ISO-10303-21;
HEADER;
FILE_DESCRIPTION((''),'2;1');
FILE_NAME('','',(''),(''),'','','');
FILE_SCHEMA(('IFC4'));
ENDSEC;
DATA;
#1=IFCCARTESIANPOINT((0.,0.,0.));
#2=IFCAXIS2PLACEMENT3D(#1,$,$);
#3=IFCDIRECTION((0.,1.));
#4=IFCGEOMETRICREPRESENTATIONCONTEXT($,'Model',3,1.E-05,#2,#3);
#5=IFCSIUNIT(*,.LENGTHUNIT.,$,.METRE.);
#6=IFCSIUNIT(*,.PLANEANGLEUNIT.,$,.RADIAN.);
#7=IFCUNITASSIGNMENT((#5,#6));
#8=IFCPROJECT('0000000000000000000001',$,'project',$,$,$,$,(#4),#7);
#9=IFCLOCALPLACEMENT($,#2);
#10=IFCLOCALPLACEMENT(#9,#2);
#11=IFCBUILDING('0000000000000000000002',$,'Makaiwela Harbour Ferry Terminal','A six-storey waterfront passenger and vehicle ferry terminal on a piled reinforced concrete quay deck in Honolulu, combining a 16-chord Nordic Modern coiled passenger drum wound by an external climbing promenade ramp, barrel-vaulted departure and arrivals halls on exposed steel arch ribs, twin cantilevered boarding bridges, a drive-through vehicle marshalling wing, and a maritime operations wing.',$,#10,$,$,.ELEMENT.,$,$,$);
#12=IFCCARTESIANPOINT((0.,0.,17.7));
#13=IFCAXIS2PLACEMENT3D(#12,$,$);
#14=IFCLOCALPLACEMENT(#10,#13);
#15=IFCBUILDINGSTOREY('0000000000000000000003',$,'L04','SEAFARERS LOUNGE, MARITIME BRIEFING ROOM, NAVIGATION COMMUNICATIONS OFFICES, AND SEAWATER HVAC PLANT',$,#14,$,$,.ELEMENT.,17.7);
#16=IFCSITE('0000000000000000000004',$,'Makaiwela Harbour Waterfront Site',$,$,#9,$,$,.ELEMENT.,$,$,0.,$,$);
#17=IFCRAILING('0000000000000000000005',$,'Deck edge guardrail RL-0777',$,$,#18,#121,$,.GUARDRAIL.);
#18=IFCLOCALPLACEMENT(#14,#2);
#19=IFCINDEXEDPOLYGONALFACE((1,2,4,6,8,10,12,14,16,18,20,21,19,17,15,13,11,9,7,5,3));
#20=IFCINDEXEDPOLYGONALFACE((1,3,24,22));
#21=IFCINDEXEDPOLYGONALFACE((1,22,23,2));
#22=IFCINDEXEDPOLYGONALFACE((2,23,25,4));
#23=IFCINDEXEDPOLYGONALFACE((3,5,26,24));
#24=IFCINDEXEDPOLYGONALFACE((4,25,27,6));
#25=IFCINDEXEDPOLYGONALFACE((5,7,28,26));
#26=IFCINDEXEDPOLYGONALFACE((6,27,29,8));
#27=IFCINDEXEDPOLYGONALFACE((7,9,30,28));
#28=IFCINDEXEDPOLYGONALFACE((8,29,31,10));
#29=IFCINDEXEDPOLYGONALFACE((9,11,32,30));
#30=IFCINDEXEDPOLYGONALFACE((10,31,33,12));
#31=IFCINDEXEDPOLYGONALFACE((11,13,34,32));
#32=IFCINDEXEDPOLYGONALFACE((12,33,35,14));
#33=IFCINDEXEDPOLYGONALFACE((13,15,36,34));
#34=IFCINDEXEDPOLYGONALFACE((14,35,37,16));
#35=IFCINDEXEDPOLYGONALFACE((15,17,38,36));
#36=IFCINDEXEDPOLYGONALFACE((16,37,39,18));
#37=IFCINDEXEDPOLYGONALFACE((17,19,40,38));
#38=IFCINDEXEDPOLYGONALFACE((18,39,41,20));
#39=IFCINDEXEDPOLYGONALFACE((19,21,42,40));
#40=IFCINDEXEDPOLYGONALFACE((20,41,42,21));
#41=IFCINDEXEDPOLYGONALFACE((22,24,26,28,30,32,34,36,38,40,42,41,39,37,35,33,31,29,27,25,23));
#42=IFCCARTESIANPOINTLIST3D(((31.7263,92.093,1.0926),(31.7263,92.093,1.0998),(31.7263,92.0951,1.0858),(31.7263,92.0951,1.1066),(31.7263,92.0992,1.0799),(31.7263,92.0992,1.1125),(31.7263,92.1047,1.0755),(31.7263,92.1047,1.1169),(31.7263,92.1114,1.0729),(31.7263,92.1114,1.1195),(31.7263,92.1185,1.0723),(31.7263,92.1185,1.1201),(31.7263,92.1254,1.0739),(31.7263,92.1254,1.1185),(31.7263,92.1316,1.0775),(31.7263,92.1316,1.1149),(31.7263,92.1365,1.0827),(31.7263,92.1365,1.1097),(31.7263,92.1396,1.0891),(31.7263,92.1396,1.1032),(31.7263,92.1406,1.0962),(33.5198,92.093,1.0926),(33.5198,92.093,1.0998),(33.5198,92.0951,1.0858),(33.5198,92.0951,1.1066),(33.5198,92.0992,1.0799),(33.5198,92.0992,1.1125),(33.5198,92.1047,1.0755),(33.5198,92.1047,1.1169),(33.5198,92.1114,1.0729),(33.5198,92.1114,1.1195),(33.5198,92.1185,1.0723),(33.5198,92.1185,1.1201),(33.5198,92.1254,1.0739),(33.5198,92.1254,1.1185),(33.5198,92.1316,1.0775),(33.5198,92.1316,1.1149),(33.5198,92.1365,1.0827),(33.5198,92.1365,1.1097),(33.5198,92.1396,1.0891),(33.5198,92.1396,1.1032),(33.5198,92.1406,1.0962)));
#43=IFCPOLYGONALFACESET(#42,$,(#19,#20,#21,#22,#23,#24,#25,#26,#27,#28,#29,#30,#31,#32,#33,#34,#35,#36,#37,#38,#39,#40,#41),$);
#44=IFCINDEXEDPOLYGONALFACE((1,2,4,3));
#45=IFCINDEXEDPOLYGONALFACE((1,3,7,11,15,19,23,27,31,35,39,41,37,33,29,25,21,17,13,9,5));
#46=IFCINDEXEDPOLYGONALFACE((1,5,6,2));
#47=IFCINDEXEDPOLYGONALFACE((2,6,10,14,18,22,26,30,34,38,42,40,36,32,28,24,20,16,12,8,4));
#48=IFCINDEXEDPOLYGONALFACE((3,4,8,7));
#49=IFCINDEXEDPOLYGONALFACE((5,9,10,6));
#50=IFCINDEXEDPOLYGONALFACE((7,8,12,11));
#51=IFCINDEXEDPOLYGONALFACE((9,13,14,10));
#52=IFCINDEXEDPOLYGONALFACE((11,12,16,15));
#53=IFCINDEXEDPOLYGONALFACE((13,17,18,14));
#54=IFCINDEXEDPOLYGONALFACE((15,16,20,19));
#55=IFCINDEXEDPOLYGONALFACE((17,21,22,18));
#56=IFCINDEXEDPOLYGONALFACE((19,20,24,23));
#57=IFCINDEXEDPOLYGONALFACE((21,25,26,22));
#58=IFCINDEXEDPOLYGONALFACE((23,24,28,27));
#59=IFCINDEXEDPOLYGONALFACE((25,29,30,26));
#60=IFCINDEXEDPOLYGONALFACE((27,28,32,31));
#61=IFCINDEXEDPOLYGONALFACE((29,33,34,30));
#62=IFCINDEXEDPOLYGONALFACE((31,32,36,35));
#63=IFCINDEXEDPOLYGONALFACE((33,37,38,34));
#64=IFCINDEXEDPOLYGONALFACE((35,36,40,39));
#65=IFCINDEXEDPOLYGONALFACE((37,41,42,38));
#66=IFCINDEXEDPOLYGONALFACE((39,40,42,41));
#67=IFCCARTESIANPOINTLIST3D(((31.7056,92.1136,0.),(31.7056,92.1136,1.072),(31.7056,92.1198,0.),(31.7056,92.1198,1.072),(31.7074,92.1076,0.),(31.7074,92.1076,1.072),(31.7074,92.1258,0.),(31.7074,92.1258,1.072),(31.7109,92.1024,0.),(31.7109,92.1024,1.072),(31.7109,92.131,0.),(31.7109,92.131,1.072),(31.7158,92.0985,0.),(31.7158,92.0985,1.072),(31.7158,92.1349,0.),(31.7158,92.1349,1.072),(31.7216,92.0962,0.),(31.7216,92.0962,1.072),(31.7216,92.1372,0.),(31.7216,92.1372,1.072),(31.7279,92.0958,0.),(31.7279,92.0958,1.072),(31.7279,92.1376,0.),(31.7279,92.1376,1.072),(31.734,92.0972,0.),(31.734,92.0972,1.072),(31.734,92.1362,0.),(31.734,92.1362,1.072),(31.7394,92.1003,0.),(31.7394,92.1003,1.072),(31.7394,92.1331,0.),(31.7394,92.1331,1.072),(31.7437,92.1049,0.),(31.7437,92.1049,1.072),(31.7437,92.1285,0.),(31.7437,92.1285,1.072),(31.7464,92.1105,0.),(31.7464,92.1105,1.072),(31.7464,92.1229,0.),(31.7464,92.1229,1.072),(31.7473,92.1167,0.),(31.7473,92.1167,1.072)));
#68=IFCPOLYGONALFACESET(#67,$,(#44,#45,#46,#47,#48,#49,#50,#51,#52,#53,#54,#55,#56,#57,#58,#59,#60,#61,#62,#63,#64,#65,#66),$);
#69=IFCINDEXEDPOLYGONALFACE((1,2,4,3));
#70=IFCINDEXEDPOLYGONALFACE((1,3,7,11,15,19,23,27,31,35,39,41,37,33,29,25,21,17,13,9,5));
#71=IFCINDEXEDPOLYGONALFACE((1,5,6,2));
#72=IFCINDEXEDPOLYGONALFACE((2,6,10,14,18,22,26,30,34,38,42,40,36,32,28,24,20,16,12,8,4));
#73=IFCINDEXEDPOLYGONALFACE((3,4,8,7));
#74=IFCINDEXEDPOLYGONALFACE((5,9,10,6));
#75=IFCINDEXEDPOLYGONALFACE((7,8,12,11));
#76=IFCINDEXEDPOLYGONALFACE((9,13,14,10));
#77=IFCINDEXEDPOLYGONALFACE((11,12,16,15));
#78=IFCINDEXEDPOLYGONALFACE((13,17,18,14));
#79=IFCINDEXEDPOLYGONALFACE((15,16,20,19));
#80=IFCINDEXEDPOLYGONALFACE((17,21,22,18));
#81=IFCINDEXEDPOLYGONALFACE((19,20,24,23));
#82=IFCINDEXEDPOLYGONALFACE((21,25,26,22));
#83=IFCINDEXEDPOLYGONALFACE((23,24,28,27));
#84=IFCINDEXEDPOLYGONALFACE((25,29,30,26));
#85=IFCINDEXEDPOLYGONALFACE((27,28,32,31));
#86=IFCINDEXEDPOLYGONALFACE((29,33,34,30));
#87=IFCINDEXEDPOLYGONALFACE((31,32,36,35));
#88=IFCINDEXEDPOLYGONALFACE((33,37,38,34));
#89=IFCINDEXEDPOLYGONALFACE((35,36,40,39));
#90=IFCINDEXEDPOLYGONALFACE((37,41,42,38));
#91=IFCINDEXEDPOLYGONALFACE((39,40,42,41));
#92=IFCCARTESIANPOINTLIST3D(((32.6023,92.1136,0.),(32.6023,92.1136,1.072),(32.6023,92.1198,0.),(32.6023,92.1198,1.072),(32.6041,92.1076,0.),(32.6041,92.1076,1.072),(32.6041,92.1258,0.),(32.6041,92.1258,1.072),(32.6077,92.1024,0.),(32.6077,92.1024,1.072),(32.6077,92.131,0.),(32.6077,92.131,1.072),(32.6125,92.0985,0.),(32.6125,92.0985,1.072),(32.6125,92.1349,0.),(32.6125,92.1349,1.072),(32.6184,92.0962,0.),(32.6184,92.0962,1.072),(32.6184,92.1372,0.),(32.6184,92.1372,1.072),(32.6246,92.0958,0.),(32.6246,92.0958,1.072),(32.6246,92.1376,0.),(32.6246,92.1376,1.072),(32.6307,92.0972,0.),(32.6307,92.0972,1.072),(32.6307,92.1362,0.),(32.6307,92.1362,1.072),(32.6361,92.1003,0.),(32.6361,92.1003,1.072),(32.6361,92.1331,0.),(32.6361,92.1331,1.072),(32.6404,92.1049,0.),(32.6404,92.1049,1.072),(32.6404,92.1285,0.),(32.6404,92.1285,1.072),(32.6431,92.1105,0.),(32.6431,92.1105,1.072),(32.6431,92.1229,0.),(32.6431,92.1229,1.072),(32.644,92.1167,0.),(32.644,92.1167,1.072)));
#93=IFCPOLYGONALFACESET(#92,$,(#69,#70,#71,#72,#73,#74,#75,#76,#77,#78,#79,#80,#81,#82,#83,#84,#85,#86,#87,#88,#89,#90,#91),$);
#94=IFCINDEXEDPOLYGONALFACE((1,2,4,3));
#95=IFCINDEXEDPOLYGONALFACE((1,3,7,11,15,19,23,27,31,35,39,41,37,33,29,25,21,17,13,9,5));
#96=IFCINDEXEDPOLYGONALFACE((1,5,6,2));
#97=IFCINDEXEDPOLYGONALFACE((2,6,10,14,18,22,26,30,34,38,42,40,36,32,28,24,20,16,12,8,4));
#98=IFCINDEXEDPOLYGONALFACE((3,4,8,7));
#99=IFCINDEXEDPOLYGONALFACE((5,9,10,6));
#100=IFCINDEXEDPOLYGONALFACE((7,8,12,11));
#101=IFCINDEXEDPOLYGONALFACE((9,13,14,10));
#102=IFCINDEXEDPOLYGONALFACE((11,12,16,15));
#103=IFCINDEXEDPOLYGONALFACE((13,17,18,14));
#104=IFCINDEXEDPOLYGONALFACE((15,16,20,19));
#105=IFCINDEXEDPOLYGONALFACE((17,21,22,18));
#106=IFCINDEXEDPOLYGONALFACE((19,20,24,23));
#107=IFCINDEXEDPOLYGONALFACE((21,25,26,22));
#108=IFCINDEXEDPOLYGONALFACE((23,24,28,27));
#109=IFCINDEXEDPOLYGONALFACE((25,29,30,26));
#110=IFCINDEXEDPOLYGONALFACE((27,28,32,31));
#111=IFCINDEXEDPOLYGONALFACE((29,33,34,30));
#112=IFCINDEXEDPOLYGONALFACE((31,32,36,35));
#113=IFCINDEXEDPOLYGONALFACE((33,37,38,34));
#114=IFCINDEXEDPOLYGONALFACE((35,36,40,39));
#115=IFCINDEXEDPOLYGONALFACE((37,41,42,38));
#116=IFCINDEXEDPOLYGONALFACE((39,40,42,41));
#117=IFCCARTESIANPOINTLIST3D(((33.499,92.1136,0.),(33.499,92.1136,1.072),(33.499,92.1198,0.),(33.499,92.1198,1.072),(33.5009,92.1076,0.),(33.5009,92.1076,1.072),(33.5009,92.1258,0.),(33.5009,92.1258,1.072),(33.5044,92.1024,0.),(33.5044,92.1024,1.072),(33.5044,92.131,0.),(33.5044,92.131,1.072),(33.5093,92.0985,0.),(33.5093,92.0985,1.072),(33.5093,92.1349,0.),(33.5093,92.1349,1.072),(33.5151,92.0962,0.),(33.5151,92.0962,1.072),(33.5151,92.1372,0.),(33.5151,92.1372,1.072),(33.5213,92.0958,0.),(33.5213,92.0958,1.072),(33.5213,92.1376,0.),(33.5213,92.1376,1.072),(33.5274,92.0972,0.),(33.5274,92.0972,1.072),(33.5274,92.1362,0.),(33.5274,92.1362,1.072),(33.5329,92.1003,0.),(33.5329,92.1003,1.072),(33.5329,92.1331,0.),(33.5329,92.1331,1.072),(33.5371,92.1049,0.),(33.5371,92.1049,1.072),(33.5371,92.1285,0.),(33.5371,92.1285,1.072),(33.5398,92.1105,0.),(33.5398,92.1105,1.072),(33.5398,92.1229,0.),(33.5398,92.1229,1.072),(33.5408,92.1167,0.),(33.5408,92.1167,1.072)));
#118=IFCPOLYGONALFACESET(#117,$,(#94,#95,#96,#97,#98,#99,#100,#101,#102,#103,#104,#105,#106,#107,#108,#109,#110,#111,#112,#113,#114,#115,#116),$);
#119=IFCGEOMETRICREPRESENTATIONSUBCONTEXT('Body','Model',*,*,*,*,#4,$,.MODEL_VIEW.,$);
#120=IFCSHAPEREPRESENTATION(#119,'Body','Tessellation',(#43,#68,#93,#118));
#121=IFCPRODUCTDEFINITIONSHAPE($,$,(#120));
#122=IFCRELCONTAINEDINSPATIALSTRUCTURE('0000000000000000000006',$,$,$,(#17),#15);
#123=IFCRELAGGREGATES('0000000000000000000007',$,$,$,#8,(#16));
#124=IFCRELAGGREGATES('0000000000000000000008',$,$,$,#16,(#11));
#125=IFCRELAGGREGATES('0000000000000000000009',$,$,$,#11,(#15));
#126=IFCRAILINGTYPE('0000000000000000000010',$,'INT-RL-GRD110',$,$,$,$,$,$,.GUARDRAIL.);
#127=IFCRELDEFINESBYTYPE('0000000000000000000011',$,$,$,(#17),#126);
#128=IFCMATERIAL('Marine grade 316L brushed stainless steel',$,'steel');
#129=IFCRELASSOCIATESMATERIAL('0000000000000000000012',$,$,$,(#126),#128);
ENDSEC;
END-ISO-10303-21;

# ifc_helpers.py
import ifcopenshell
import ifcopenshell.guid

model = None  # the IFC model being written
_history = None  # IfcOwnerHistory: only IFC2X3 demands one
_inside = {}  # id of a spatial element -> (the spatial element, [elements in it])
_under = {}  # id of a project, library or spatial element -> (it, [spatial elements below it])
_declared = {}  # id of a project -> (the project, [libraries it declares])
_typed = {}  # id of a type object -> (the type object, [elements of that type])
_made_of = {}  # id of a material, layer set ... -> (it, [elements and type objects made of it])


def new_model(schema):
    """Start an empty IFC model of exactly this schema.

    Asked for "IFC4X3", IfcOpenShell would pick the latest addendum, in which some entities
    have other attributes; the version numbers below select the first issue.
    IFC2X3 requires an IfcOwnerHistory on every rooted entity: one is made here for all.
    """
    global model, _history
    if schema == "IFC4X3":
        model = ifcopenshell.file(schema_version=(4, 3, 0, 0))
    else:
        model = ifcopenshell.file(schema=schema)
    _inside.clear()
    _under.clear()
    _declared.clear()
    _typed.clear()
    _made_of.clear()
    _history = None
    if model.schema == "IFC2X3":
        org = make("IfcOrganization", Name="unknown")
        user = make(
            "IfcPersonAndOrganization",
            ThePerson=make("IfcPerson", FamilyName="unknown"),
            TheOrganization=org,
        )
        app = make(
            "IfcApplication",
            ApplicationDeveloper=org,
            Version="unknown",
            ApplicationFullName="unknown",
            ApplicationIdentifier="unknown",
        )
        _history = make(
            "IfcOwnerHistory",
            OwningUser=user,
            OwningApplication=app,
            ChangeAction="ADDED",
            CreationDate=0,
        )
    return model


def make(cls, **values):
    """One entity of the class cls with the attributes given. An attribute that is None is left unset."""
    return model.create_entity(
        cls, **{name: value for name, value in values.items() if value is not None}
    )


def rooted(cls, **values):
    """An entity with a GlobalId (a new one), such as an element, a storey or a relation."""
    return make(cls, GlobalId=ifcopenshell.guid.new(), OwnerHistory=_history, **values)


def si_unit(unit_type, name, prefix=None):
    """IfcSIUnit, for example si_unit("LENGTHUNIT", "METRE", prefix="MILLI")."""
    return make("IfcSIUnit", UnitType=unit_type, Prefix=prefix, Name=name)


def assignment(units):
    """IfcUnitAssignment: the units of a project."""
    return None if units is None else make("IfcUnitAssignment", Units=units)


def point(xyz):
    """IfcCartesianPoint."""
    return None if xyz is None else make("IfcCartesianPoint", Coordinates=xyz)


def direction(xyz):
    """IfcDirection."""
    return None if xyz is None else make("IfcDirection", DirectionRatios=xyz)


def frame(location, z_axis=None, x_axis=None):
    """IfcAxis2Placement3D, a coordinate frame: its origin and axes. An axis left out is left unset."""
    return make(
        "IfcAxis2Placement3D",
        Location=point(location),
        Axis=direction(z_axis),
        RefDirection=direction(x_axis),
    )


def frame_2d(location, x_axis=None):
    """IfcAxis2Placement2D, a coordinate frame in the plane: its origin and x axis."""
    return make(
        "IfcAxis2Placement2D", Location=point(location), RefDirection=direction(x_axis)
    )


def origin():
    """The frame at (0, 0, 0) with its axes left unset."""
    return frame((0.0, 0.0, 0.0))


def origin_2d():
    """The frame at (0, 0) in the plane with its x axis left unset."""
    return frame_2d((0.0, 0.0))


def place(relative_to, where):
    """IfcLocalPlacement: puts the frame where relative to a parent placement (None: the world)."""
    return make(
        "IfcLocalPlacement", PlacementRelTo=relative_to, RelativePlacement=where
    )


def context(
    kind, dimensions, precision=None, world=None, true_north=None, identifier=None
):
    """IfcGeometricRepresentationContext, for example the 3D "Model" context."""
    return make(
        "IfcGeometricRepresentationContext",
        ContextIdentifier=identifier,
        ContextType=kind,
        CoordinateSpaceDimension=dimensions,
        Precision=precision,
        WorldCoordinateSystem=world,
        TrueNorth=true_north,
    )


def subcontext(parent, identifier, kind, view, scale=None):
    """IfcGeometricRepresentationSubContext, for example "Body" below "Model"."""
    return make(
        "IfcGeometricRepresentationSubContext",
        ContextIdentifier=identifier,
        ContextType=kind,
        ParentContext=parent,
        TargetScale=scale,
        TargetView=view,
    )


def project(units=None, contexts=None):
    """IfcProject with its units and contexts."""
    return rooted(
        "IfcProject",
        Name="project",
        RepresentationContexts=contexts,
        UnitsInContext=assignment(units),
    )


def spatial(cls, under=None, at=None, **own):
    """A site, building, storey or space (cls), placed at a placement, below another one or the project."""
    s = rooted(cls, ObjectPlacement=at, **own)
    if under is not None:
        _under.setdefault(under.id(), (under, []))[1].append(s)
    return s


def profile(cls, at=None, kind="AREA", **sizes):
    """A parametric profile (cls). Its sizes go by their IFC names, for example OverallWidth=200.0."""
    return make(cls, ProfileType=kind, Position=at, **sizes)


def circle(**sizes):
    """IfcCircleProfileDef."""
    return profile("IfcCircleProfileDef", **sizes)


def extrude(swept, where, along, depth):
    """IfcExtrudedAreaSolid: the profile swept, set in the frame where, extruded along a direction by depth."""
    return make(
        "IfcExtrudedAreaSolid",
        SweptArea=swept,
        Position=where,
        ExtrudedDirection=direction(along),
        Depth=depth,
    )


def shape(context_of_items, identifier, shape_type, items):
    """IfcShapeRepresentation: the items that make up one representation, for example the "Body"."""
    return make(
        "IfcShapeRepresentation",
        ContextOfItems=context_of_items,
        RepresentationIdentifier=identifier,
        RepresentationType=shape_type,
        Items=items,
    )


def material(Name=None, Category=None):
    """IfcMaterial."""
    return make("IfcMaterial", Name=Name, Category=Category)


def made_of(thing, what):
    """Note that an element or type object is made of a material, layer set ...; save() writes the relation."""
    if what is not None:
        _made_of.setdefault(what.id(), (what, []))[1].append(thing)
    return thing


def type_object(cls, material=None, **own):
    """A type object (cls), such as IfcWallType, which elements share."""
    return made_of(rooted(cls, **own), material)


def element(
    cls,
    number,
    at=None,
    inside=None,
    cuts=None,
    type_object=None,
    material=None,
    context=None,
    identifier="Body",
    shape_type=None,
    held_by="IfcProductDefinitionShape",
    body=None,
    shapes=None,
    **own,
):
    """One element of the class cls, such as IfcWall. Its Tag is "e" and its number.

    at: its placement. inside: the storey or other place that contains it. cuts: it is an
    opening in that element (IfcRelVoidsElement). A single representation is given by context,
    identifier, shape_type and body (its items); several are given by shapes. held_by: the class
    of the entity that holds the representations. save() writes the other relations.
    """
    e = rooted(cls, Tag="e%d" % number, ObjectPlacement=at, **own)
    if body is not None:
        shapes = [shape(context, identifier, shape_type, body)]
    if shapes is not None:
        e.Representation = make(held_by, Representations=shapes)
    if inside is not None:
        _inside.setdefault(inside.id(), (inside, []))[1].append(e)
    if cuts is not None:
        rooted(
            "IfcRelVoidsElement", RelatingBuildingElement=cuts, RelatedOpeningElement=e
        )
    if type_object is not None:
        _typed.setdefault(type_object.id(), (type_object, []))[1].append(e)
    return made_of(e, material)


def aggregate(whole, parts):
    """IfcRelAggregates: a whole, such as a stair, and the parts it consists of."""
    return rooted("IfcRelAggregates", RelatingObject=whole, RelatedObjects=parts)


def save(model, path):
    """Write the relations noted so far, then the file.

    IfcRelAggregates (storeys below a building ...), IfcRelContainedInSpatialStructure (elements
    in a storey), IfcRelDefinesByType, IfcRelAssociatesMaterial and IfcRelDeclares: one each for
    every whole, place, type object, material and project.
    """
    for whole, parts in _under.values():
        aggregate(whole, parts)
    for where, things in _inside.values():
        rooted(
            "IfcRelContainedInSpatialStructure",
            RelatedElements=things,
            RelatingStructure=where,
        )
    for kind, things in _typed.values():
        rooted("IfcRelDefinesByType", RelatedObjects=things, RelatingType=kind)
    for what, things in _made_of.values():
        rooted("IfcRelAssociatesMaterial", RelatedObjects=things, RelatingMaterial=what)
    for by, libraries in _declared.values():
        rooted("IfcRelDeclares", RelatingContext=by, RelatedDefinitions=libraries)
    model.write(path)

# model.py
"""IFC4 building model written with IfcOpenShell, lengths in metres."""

from ifc_helpers import new_model, si_unit, direction, frame, origin, origin_2d, place, context, subcontext, project, spatial, circle, extrude, material, type_object, element, save


model = new_model("IFC4")

# Units and contexts
model_context = context("Model", 3, precision=1e-05, world=origin(), true_north=direction((0.0, 1.0)))
body_context = subcontext(model_context, "Body", "Model", "MODEL_VIEW")
ifc_project = project(units=[si_unit("LENGTHUNIT", "METRE"), si_unit("PLANEANGLEUNIT", "RADIAN")], contexts=[model_context])

# Site, building, storey
site_placement = place(None, origin())
site = spatial("IfcSite", under=ifc_project, at=site_placement, Name="Makaiwela Harbour Waterfront Site", CompositionType="ELEMENT", RefElevation=0.0)
building_placement = place(site_placement, origin())
building = spatial("IfcBuilding", under=site, at=building_placement, Name="Makaiwela Harbour Ferry Terminal", Description="A six-storey waterfront passenger and vehicle ferry terminal on a piled reinforced concrete quay deck in Honolulu, combining a 16-chord Nordic Modern coiled passenger drum wound by an external climbing promenade ramp, barrel-vaulted departure and arrivals halls on exposed steel arch ribs, twin cantilevered boarding bridges, a drive-through vehicle marshalling wing, and a maritime operations wing.", CompositionType="ELEMENT")
storey_placement = place(building_placement, frame((0.0, 0.0, 17.7)))
storey = spatial("IfcBuildingStorey", under=building, at=storey_placement, Name="L04", Description="SEAFARERS LOUNGE, MARITIME BRIEFING ROOM, NAVIGATION COMMUNICATIONS OFFICES, AND SEAWATER HVAC PLANT", CompositionType="ELEMENT", Elevation=17.7)

# Railing
ifc_material_1 = material(Name="Marine grade 316L brushed stainless steel", Category="steel")
railing_type = type_object("IfcRailingType", Name="INT-RL-GRD110", PredefinedType="GUARDRAIL", material=ifc_material_1)
railing_placement = place(storey_placement, frame((31.7263, 92.1167, 0.0)))
element("IfcRailing", 1, at=railing_placement, inside=storey, type_object=railing_type, Name="Deck edge guardrail RL-0777", PredefinedType="GUARDRAIL", context=body_context, shape_type="SweptSolid", body=[
    extrude(circle(Radius=0.0239, at=origin_2d()), frame((0.0, 0.0, 1.0962), z_axis=(1.0, 0.0, 0.0), x_axis=(0.0, 1.0, 0.0)), (0.0, 0.0, 1.0), 1.7935),
    extrude(circle(Radius=0.021, at=origin_2d()), origin(), (0.0, 0.0, 1.0), 1.072),
    extrude(circle(Radius=0.021, at=origin_2d()), frame((0.8967, 0.0, 0.0)), (0.0, 0.0, 1.0), 1.072),
    extrude(circle(Radius=0.021, at=origin_2d()), frame((1.7935, 0.0, 0.0)), (0.0, 0.0, 1.0), 1.072),
])

save(model, "model.ifc")
